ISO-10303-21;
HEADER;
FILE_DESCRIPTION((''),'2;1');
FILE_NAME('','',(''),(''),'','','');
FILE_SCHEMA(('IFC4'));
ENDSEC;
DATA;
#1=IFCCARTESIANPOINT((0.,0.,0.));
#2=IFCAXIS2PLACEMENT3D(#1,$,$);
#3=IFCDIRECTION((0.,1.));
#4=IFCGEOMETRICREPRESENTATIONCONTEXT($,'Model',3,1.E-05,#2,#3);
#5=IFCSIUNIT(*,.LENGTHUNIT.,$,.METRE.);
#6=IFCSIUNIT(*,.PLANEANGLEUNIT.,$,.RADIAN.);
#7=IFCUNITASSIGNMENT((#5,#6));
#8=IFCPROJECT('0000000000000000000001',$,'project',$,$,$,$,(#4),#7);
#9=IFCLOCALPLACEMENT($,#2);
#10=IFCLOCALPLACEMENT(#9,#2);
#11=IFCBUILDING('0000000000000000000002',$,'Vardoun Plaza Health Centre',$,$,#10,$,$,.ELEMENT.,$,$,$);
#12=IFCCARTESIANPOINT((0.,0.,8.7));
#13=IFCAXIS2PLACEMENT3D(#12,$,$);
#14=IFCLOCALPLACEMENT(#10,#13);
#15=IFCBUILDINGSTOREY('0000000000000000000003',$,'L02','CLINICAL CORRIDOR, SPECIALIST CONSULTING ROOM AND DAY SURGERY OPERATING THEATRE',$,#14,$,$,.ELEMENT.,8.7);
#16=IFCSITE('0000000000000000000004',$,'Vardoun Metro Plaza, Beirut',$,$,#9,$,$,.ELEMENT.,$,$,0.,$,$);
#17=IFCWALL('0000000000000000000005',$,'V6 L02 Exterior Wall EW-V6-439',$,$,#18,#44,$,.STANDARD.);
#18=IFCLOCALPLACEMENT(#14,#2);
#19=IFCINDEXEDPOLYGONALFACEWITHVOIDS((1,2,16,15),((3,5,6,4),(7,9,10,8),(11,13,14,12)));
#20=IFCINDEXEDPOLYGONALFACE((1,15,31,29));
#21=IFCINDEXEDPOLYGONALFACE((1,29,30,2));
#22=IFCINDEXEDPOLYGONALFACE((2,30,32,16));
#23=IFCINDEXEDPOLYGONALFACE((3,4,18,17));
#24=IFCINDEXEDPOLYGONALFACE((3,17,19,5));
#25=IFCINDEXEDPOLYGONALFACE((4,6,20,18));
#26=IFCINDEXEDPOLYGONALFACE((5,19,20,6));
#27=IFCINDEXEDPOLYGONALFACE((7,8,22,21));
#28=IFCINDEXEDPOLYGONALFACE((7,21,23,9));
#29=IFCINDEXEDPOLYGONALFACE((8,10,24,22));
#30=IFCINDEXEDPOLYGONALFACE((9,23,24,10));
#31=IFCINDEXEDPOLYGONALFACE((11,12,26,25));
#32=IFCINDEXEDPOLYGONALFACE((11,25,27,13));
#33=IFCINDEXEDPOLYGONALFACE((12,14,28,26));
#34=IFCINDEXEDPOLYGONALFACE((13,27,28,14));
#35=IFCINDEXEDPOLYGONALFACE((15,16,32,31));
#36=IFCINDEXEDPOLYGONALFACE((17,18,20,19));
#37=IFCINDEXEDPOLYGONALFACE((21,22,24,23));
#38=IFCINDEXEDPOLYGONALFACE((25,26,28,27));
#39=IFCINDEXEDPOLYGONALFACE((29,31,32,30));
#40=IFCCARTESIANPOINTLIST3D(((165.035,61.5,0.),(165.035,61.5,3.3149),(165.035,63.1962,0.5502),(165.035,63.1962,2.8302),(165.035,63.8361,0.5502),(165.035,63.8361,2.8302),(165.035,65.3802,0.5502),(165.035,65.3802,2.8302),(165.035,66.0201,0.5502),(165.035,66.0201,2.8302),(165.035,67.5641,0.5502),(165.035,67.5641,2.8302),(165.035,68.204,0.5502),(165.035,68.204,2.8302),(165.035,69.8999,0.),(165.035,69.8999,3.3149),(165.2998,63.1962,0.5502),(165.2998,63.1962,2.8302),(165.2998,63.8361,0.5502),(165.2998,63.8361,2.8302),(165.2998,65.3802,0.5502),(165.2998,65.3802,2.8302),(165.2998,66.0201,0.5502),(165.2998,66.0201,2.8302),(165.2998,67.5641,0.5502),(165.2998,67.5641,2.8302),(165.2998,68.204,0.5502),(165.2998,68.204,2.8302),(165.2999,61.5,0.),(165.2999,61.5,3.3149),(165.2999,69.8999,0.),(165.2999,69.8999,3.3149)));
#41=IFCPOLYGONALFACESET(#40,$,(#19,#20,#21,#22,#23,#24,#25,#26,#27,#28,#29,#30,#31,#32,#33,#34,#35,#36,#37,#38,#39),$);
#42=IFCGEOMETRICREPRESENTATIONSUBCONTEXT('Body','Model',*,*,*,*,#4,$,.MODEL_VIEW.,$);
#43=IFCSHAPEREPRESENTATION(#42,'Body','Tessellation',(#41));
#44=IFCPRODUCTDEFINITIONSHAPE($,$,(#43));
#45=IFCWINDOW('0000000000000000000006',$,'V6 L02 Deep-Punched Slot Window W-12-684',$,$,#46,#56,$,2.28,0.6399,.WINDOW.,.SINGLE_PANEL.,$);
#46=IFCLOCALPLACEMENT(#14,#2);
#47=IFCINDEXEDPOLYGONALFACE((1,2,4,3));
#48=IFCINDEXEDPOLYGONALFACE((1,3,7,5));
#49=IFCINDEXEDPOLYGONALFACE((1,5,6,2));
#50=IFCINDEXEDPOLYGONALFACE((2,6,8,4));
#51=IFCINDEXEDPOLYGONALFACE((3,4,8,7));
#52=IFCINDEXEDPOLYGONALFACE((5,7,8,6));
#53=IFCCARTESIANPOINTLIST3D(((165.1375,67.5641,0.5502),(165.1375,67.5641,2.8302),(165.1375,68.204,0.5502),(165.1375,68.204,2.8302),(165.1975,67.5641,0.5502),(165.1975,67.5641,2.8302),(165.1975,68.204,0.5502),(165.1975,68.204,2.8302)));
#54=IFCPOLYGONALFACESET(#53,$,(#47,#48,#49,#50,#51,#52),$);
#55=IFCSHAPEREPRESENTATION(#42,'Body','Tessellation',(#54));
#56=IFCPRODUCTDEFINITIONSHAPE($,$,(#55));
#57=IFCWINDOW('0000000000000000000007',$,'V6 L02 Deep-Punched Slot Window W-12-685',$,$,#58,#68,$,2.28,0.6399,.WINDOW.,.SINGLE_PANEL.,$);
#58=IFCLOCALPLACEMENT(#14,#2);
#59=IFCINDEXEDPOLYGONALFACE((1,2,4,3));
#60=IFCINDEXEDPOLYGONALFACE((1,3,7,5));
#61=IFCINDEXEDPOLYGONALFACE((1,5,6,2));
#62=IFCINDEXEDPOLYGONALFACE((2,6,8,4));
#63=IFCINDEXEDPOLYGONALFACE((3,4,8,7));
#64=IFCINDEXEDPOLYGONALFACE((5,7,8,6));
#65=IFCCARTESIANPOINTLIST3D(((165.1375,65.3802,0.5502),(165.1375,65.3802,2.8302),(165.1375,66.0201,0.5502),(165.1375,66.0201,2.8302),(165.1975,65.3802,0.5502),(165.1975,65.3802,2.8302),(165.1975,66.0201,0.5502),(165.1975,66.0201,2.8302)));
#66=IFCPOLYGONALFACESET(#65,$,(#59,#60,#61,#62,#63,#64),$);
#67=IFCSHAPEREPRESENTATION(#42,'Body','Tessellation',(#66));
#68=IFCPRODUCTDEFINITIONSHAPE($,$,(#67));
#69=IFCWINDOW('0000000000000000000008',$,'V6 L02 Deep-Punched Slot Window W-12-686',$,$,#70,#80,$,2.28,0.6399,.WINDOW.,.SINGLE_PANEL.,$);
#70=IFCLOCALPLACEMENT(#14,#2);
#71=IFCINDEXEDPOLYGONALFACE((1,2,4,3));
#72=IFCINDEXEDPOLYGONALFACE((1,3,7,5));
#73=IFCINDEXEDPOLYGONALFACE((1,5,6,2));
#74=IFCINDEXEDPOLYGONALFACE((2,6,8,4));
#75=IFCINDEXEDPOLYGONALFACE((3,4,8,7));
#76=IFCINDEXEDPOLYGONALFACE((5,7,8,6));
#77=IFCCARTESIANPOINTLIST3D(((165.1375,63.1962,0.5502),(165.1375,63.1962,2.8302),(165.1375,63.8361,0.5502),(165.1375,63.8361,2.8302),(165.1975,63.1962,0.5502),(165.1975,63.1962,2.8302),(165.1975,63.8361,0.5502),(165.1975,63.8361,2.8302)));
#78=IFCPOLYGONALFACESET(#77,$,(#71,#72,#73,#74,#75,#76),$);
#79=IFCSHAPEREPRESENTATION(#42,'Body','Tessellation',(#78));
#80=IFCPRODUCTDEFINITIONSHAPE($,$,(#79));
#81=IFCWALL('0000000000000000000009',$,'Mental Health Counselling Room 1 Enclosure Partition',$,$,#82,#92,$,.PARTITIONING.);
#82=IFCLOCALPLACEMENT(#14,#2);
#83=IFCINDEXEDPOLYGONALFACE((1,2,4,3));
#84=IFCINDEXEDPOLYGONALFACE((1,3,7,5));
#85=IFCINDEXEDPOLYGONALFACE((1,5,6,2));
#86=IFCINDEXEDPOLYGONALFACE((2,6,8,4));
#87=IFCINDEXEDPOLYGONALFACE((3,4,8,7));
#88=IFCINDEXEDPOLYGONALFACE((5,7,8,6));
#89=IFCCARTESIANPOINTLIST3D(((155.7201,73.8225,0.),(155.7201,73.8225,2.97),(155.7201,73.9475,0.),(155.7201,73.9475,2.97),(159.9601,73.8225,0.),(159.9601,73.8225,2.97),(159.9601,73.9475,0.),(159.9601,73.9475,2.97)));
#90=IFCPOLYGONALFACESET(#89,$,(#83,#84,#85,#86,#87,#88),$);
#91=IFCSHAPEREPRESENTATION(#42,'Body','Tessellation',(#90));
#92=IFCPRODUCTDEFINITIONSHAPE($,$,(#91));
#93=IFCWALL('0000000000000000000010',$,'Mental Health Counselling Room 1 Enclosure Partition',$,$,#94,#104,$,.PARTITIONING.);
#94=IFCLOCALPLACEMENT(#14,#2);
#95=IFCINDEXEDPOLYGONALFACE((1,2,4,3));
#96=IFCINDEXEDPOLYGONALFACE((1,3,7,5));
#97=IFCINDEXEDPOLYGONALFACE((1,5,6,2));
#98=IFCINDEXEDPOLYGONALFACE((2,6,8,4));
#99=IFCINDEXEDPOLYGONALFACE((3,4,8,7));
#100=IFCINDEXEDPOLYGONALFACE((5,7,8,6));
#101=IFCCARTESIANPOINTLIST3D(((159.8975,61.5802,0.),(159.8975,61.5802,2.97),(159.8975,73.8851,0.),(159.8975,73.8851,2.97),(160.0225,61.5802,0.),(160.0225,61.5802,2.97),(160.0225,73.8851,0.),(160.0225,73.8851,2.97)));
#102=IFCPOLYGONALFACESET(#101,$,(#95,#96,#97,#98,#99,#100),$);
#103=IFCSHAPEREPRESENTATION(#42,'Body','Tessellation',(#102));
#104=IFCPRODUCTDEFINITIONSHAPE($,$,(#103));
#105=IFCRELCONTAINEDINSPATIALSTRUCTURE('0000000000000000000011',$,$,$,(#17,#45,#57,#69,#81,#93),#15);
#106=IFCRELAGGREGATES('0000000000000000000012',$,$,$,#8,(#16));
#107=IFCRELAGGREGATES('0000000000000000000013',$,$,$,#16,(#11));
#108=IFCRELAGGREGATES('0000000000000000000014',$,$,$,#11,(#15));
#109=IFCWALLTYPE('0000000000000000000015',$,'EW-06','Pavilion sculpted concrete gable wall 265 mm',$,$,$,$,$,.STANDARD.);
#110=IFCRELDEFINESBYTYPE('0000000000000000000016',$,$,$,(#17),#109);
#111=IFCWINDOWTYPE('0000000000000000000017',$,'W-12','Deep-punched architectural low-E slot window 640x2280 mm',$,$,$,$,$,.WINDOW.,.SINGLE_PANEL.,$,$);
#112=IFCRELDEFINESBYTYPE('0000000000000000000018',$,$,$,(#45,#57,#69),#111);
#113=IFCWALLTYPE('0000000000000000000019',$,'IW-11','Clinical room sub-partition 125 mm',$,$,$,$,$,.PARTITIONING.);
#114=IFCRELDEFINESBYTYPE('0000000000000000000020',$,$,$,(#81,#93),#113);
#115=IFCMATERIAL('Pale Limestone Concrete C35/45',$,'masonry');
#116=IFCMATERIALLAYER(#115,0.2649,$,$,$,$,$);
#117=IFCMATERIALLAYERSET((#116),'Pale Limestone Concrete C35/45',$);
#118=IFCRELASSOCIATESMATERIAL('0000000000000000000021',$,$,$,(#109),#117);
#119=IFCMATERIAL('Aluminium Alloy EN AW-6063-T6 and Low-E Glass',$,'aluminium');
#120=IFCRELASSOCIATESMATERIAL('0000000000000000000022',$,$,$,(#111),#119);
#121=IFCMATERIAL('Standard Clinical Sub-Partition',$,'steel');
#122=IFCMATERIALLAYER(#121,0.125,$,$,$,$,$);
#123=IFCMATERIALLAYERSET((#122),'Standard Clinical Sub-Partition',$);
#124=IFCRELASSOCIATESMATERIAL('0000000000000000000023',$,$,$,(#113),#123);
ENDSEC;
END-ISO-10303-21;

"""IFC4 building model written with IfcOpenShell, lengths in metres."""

from ifc_helpers import new_model, si_unit, direction, frame, frame_2d, origin, place, context, subcontext, project, spatial, rectangle, extrude, material, layer, layer_set, type_object, element, fill, save


model = new_model("IFC4")

# Units and contexts
model_context = context("Model", 3, precision=1e-05, world=origin(), true_north=direction((0.0, 1.0)))
body_context = subcontext(model_context, "Body", "Model", "MODEL_VIEW")
ifc_project = project(units=[si_unit("LENGTHUNIT", "METRE"), si_unit("PLANEANGLEUNIT", "RADIAN")], contexts=[model_context])

# Site, building, storey
site_placement = place(None, origin())
site = spatial("IfcSite", under=ifc_project, at=site_placement, Name="Vardoun Metro Plaza, Beirut", CompositionType="ELEMENT", RefElevation=0.0)
building_placement = place(site_placement, origin())
building = spatial("IfcBuilding", under=site, at=building_placement, Name="Vardoun Plaza Health Centre", CompositionType="ELEMENT")
storey_placement = place(building_placement, frame((0.0, 0.0, 8.7)))
storey = spatial("IfcBuildingStorey", under=building, at=storey_placement, Name="L02", Description="CLINICAL CORRIDOR, SPECIALIST CONSULTING ROOM AND DAY SURGERY OPERATING THEATRE", CompositionType="ELEMENT", Elevation=8.7)

# Wall, openings, windows
ifc_material_1 = material(Name="Pale Limestone Concrete C35/45", Category="masonry")
ifc_layer_1 = layer(ifc_material_1, 0.2649)
ifc_layer_set_1 = layer_set([ifc_layer_1], Name="Pale Limestone Concrete C35/45")
wall_type_1 = type_object("IfcWallType", Name="EW-06", Description="Pavilion sculpted concrete gable wall 265 mm", PredefinedType="STANDARD", material=ifc_layer_set_1)
wall_1_placement = place(storey_placement, frame((165.1675, 69.8999, 0.0), z_axis=(0.0, 0.0, 1.0), x_axis=(0.0, -1.0, 0.0)))
wall_1 = element("IfcWall", 1, at=wall_1_placement, inside=storey, type_object=wall_type_1, Name="V6 L02 Exterior Wall EW-V6-439", PredefinedType="STANDARD", context=body_context, shape_type="SweptSolid", body=[
    extrude(rectangle(XDim=8.3999, YDim=0.2649, at=frame_2d((4.2, 0.0))), origin(), (0.0, 0.0, 1.0), 3.3149),
])
opening_1_placement = place(wall_1_placement, frame((1.696, 0.0, 0.55)))
opening_1 = element("IfcOpeningElement", 2, at=opening_1_placement, cuts=wall_1, PredefinedType="OPENING", context=body_context, shape_type="SweptSolid", body=[
    extrude(rectangle(XDim=0.6399, YDim=2.28, at=frame_2d((0.3198, 1.1401))), frame((0.0, 0.1323, 0.0), z_axis=(0.0, -1.0, 0.0), x_axis=(1.0, 0.0, 0.0)), (0.0, 0.0, 1.0), 0.2649),
])
opening_2_placement = place(wall_1_placement, frame((3.8799, 0.0, 0.55)))
opening_2 = element("IfcOpeningElement", 3, at=opening_2_placement, cuts=wall_1, PredefinedType="OPENING", context=body_context, shape_type="SweptSolid", body=[
    extrude(rectangle(XDim=0.6399, YDim=2.28, at=frame_2d((0.3198, 1.1401))), frame((0.0, 0.1323, 0.0), z_axis=(0.0, -1.0, 0.0), x_axis=(1.0, 0.0, 0.0)), (0.0, 0.0, 1.0), 0.2649),
])
opening_3_placement = place(wall_1_placement, frame((6.064, 0.0, 0.55)))
opening_3 = element("IfcOpeningElement", 4, at=opening_3_placement, cuts=wall_1, PredefinedType="OPENING", context=body_context, shape_type="SweptSolid", body=[
    extrude(rectangle(XDim=0.6399, YDim=2.28, at=frame_2d((0.3198, 1.1401))), frame((0.0, 0.1323, 0.0), z_axis=(0.0, -1.0, 0.0), x_axis=(1.0, 0.0, 0.0)), (0.0, 0.0, 1.0), 0.2649),
])
ifc_material_2 = material(Name="Aluminium Alloy EN AW-6063-T6 and Low-E Glass", Category="aluminium")
window_type = type_object("IfcWindowType", Name="W-12", Description="Deep-punched architectural low-E slot window 640x2280 mm", PartitioningType="SINGLE_PANEL", PredefinedType="WINDOW", material=ifc_material_2)
window_1_placement = place(opening_1_placement, origin())
window_1 = element("IfcWindow", 5, at=window_1_placement, inside=storey, type_object=window_type, Name="V6 L02 Deep-Punched Slot Window W-12-684", OverallHeight=2.28, OverallWidth=0.6399, PartitioningType="SINGLE_PANEL", PredefinedType="WINDOW", context=body_context, shape_type="SweptSolid", body=[
    extrude(rectangle(XDim=0.6399, YDim=2.28, at=frame_2d((0.3198, 1.1401))), frame((0.0, 0.03, 0.0), z_axis=(0.0, -1.0, 0.0), x_axis=(1.0, 0.0, 0.0)), (0.0, 0.0, 1.0), 0.0601),
])
fill(opening_1, window_1)
window_2_placement = place(opening_2_placement, origin())
window_2 = element("IfcWindow", 6, at=window_2_placement, inside=storey, type_object=window_type, Name="V6 L02 Deep-Punched Slot Window W-12-685", OverallHeight=2.28, OverallWidth=0.6399, PartitioningType="SINGLE_PANEL", PredefinedType="WINDOW", context=body_context, shape_type="SweptSolid", body=[
    extrude(rectangle(XDim=0.6399, YDim=2.28, at=frame_2d((0.3198, 1.1401))), frame((0.0, 0.03, 0.0), z_axis=(0.0, -1.0, 0.0), x_axis=(1.0, 0.0, 0.0)), (0.0, 0.0, 1.0), 0.0601),
])
fill(opening_2, window_2)
window_3_placement = place(opening_3_placement, origin())
window_3 = element("IfcWindow", 7, at=window_3_placement, inside=storey, type_object=window_type, Name="V6 L02 Deep-Punched Slot Window W-12-686", OverallHeight=2.28, OverallWidth=0.6399, PartitioningType="SINGLE_PANEL", PredefinedType="WINDOW", context=body_context, shape_type="SweptSolid", body=[
    extrude(rectangle(XDim=0.6399, YDim=2.28, at=frame_2d((0.3198, 1.1401))), frame((0.0, 0.03, 0.0), z_axis=(0.0, -1.0, 0.0), x_axis=(1.0, 0.0, 0.0)), (0.0, 0.0, 1.0), 0.0601),
])
fill(opening_3, window_3)

# Walls
ifc_material_3 = material(Name="Standard Clinical Sub-Partition", Category="steel")
ifc_layer_2 = layer(ifc_material_3, 0.125)
ifc_layer_set_2 = layer_set([ifc_layer_2], Name="Standard Clinical Sub-Partition")
wall_type_2 = type_object("IfcWallType", Name="IW-11", Description="Clinical room sub-partition 125 mm", PredefinedType="PARTITIONING", material=ifc_layer_set_2)
wall_2_placement = place(storey_placement, frame((155.72, 73.885, 0.0), z_axis=(0.0, 0.0, 1.0), x_axis=(1.0, 0.0, 0.0)))
element("IfcWall", 8, at=wall_2_placement, inside=storey, type_object=wall_type_2, Name="Mental Health Counselling Room 1 Enclosure Partition", PredefinedType="PARTITIONING", context=body_context, shape_type="SweptSolid", body=[
    extrude(rectangle(XDim=4.24, YDim=0.125, at=frame_2d((2.1201, 0.0))), origin(), (0.0, 0.0, 1.0), 2.97),
])
wall_3_placement = place(storey_placement, frame((159.96, 73.885, 0.0), z_axis=(0.0, 0.0, 1.0), x_axis=(0.0, -1.0, 0.0)))
element("IfcWall", 9, at=wall_3_placement, inside=storey, type_object=wall_type_2, Name="Mental Health Counselling Room 1 Enclosure Partition", PredefinedType="PARTITIONING", context=body_context, shape_type="SweptSolid", body=[
    extrude(rectangle(XDim=12.3049, YDim=0.125, at=frame_2d((6.1523, 0.0))), origin(), (0.0, 0.0, 1.0), 2.97),
])

save(model, "model.ifc")
